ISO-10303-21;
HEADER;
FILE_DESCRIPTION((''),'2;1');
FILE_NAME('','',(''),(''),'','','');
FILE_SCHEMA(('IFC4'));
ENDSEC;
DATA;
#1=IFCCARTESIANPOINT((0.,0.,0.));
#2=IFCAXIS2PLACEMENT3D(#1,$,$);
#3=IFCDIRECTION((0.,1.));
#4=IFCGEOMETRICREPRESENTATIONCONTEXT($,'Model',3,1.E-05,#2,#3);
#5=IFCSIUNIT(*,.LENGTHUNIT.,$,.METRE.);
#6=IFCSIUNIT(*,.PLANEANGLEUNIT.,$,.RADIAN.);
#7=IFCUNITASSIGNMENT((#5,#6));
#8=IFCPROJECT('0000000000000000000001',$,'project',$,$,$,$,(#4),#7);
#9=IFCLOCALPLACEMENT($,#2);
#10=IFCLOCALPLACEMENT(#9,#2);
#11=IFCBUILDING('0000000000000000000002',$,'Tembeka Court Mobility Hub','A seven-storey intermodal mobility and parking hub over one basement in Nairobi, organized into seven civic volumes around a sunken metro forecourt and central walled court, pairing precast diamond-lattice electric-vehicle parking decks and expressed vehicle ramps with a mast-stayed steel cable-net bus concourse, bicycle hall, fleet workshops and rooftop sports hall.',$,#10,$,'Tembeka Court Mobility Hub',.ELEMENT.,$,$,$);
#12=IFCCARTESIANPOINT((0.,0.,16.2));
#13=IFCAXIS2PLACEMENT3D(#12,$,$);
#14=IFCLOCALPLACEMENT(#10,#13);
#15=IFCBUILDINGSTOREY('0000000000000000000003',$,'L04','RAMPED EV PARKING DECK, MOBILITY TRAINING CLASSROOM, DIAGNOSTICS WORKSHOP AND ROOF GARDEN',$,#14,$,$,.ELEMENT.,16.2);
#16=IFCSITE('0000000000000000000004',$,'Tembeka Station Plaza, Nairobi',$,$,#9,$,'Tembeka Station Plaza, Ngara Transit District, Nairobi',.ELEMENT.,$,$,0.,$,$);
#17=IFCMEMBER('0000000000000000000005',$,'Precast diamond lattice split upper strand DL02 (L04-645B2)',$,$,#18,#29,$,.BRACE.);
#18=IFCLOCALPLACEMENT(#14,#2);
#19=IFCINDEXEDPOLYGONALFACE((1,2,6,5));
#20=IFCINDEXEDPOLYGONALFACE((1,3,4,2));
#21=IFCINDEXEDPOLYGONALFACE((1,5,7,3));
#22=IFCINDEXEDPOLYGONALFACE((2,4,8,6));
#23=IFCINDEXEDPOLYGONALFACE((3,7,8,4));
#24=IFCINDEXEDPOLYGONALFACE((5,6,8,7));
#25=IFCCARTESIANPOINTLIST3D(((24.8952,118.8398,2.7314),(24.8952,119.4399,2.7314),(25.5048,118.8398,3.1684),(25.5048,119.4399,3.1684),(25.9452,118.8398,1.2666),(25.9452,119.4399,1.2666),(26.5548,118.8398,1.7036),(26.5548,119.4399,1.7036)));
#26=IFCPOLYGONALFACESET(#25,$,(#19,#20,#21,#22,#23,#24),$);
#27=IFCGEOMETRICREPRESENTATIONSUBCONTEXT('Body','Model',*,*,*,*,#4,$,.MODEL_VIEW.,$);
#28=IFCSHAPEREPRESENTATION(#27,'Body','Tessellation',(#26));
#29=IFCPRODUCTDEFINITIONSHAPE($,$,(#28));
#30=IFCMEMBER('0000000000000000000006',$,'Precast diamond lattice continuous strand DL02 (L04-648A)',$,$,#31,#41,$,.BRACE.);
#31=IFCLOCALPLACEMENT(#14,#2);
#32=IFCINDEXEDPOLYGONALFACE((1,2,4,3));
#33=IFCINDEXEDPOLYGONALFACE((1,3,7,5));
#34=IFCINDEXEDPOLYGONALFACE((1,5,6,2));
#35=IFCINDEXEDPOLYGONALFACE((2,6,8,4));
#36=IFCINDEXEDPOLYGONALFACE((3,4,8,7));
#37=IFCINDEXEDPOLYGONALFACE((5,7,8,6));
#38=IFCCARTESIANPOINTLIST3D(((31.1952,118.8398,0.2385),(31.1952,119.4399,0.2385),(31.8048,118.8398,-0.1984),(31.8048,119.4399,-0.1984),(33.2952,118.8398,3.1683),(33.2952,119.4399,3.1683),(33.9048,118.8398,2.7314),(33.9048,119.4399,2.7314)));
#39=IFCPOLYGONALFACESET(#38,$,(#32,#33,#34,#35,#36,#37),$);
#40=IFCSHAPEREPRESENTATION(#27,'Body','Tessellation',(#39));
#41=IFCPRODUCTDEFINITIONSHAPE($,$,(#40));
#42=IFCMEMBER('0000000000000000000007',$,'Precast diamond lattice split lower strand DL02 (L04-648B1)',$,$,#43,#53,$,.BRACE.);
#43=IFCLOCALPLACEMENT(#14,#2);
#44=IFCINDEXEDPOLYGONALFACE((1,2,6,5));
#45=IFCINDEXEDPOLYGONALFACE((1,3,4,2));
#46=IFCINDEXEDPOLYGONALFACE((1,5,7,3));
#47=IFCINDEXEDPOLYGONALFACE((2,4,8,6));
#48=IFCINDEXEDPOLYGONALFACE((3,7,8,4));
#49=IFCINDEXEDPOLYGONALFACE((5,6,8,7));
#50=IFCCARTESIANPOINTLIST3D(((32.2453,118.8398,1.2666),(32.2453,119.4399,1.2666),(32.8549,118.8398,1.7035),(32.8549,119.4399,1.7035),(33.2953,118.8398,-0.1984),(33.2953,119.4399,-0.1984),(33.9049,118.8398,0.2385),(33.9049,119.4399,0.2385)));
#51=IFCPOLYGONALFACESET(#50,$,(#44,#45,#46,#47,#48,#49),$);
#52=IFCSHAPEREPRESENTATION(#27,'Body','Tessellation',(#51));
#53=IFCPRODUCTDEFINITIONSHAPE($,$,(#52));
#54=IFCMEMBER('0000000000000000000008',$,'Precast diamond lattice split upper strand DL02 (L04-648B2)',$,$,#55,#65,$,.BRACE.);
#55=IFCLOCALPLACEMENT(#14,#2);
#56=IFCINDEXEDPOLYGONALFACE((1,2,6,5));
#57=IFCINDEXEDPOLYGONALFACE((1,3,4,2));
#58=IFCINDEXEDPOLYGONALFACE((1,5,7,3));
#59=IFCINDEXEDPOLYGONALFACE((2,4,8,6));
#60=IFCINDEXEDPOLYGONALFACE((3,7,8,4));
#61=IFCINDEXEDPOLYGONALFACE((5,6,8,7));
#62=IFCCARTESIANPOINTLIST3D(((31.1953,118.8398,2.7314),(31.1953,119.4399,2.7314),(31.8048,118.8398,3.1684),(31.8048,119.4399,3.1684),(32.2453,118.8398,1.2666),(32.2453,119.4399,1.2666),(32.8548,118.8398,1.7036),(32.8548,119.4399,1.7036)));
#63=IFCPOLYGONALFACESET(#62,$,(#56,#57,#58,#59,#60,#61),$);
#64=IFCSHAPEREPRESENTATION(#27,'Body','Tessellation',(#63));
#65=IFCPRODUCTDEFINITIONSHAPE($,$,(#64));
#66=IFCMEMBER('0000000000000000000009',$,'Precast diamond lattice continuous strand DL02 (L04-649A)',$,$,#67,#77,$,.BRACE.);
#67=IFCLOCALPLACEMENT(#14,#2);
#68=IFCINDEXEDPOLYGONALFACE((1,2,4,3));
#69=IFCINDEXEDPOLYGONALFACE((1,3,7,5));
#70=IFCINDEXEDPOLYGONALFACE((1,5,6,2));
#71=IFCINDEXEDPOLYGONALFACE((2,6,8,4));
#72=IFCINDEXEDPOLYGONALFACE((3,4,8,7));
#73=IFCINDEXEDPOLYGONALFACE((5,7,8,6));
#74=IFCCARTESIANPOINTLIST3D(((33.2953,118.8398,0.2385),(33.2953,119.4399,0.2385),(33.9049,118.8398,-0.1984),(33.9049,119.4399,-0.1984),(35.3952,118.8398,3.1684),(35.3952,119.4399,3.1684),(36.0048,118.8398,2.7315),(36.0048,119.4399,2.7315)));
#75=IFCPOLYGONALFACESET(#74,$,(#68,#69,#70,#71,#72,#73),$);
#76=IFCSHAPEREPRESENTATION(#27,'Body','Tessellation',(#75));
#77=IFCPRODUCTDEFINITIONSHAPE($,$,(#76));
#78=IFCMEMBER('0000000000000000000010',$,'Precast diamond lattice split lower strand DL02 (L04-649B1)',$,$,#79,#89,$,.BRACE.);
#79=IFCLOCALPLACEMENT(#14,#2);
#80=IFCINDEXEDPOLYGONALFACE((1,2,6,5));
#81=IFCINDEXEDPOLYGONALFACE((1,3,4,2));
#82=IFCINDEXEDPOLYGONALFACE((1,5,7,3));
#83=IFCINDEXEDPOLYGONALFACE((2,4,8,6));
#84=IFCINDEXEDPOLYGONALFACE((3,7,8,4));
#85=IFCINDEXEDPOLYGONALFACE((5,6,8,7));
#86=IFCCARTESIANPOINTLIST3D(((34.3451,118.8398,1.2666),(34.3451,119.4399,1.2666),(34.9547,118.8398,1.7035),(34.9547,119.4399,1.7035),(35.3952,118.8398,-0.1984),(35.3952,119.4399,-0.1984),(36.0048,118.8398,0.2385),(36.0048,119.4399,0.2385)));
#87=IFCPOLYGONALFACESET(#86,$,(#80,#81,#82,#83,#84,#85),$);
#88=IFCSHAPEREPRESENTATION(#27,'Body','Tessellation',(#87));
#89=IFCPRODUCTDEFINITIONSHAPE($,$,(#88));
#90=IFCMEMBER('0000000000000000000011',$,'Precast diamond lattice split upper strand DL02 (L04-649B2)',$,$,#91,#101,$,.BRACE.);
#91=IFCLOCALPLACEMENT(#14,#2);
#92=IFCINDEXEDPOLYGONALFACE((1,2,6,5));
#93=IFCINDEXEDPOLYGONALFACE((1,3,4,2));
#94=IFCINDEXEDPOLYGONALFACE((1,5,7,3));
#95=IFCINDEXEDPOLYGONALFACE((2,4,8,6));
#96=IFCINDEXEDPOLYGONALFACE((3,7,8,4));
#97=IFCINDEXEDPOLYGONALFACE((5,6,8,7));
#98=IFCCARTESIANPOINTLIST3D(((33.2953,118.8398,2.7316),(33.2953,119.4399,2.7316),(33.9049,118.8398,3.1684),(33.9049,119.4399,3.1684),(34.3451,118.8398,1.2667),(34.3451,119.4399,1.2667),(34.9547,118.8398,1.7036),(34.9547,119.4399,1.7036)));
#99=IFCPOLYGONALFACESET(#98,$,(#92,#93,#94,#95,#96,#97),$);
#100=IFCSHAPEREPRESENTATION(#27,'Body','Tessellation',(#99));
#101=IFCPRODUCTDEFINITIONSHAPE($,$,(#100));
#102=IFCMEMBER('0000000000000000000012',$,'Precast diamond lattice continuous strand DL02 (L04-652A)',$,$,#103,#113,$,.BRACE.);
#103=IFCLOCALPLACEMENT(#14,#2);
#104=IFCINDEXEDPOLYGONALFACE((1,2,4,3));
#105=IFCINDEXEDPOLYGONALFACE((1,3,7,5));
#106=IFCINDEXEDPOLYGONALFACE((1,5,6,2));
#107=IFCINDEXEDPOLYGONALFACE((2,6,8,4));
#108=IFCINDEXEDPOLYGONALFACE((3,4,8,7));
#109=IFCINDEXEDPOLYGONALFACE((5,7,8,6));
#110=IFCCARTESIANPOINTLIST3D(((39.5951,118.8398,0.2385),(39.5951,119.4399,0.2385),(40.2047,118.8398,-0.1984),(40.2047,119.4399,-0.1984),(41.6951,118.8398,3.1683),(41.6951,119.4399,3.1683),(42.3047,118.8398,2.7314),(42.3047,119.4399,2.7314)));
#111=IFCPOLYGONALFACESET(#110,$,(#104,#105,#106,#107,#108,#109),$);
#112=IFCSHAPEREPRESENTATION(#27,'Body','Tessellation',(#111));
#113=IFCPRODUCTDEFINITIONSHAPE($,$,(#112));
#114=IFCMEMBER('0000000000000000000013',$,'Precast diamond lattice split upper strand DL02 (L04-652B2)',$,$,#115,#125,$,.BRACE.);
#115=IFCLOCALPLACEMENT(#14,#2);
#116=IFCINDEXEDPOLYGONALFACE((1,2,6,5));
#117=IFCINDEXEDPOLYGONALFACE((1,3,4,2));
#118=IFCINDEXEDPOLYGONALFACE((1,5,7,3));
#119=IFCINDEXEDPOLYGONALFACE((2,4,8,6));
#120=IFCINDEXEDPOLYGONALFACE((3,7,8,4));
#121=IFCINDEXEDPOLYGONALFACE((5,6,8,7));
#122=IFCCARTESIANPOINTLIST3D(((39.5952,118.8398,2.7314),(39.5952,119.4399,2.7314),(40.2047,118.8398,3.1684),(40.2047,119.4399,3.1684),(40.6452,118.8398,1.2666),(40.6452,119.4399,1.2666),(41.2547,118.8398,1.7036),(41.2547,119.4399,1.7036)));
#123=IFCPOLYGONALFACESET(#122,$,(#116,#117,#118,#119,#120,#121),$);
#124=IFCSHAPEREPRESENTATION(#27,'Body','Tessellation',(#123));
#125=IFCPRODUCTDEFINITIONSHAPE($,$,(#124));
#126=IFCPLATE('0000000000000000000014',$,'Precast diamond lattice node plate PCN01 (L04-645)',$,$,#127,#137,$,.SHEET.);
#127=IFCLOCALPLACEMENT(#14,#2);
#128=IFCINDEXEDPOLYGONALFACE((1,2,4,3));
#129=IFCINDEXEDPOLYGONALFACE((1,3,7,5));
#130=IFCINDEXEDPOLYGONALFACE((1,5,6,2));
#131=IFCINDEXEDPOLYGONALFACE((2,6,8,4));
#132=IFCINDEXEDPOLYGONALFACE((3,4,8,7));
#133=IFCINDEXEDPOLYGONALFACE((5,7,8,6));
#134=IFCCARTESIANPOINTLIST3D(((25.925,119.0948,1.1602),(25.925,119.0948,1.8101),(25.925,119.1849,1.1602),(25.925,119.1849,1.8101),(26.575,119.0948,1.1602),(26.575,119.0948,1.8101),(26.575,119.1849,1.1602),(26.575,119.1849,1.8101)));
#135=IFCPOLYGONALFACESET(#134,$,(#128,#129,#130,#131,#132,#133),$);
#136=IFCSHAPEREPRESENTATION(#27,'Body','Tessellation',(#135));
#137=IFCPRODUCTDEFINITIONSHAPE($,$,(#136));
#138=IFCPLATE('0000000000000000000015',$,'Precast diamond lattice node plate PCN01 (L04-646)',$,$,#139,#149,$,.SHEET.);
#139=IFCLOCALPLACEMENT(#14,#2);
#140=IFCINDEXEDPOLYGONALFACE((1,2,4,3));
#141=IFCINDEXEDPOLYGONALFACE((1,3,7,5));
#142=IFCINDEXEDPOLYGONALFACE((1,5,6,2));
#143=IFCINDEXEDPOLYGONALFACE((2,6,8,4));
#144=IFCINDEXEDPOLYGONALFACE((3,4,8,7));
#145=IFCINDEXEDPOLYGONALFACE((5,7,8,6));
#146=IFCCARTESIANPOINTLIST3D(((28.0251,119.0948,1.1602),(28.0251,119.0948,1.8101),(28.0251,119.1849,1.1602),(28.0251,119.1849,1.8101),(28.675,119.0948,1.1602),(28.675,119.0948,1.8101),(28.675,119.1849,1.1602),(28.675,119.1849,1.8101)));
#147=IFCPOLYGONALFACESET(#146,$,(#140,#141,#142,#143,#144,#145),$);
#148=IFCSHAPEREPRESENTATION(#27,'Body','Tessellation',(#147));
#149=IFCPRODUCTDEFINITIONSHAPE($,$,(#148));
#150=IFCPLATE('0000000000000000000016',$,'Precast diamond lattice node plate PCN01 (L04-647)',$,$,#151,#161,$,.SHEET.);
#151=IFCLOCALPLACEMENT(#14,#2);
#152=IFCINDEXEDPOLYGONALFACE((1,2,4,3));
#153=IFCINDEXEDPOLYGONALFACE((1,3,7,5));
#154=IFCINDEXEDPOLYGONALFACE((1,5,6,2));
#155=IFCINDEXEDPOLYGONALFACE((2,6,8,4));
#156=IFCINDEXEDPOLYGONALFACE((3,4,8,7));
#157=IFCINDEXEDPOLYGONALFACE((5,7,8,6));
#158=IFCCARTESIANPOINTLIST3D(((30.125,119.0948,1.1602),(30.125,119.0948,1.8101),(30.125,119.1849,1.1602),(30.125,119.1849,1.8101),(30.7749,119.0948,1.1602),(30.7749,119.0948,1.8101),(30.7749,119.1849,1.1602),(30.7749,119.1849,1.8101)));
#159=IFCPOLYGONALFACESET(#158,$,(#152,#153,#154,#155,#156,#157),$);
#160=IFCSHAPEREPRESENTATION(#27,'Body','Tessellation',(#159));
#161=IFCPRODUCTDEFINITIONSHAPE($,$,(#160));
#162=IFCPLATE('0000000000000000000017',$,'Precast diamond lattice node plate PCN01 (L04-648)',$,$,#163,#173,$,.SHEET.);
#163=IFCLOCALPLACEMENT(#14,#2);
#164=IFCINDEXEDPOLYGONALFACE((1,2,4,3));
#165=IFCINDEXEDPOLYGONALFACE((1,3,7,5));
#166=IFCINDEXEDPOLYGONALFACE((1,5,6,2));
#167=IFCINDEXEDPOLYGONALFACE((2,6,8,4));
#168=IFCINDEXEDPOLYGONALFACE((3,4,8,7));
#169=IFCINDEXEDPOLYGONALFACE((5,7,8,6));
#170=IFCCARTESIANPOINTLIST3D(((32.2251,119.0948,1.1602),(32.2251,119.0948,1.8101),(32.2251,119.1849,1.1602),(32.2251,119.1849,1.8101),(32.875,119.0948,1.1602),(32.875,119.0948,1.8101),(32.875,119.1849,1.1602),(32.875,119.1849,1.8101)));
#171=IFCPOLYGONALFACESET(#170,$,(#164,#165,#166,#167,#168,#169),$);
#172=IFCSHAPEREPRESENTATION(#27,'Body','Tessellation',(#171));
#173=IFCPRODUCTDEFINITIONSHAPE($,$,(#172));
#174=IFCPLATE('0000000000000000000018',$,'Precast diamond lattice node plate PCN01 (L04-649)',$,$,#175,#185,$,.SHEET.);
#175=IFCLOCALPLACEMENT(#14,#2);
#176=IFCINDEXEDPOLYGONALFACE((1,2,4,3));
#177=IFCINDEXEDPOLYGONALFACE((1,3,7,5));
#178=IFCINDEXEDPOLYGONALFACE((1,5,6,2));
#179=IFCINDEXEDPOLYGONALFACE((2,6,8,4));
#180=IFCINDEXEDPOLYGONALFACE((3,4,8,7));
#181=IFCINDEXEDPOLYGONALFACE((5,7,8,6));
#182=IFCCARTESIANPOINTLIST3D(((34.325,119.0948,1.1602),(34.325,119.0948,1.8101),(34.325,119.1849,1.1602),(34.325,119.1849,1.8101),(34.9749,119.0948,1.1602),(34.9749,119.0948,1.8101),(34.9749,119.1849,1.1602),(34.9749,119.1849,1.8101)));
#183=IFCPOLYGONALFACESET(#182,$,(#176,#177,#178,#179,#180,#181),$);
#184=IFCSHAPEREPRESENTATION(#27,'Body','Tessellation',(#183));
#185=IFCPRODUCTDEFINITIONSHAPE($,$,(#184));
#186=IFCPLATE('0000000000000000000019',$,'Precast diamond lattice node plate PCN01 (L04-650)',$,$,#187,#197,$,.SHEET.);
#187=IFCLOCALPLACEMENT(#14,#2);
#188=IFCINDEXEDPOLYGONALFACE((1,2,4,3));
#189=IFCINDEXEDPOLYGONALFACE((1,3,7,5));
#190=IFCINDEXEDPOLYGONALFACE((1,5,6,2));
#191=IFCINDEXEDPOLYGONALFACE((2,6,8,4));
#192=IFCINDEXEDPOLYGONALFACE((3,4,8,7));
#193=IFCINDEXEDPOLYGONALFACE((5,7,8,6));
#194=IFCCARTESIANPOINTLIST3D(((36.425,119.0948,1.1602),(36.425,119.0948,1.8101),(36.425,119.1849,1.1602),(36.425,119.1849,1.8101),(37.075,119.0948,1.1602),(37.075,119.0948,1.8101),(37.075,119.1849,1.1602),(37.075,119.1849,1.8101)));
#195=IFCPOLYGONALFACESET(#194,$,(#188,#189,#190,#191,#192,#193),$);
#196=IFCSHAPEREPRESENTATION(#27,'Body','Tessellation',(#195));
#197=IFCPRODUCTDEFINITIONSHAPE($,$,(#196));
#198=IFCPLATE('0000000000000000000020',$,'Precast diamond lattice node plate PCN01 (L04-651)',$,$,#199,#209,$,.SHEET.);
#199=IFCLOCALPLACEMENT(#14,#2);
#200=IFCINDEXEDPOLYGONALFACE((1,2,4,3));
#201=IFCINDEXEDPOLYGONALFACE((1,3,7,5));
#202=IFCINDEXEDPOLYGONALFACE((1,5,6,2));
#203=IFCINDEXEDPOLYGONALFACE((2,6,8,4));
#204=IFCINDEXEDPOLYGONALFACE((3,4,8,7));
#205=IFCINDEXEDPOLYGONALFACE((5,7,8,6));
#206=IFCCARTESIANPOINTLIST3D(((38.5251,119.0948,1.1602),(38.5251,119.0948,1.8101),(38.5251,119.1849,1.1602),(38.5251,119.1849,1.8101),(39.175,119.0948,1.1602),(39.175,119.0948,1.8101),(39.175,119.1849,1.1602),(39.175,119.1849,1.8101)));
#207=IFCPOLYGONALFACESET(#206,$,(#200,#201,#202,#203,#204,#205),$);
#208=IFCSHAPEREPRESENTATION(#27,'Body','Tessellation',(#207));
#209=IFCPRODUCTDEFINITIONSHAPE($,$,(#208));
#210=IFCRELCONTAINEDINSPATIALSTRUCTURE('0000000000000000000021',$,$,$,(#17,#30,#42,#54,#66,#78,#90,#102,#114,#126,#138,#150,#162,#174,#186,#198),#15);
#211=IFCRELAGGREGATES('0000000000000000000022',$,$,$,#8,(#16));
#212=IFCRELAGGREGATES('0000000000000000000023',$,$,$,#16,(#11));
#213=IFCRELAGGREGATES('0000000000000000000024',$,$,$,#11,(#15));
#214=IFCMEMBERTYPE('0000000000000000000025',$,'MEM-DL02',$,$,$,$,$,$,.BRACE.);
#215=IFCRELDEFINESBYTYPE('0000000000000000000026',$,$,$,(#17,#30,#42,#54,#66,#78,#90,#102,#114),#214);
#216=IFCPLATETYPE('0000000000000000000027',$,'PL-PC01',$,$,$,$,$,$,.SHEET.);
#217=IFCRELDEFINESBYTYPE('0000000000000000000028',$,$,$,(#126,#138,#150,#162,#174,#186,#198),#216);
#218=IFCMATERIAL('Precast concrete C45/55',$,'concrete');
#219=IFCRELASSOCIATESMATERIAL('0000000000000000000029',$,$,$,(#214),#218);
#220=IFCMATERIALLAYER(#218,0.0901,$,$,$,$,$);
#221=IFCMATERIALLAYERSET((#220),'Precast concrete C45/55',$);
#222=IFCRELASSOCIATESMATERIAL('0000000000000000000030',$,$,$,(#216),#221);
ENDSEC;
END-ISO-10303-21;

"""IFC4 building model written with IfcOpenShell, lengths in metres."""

from ifc_helpers import new_model, si_unit, direction, frame, origin, origin_2d, place, context, subcontext, project, spatial, rectangle, extrude, material, layer, layer_set, material_profile, profile_set, type_object, element, save


model = new_model("IFC4")

# Units and contexts
model_context = context("Model", 3, precision=1e-05, world=origin(), true_north=direction((0.0, 1.0)))
body_context = subcontext(model_context, "Body", "Model", "MODEL_VIEW")
ifc_project = project(units=[si_unit("LENGTHUNIT", "METRE"), si_unit("PLANEANGLEUNIT", "RADIAN")], contexts=[model_context])

# Site, building, storey
site_placement = place(None, origin())
site = spatial("IfcSite", under=ifc_project, at=site_placement, Name="Tembeka Station Plaza, Nairobi", LongName="Tembeka Station Plaza, Ngara Transit District, Nairobi", CompositionType="ELEMENT", RefElevation=0.0)
building_placement = place(site_placement, origin())
building = spatial("IfcBuilding", under=site, at=building_placement, Name="Tembeka Court Mobility Hub", Description="A seven-storey intermodal mobility and parking hub over one basement in Nairobi, organized into seven civic volumes around a sunken metro forecourt and central walled court, pairing precast diamond-lattice electric-vehicle parking decks and expressed vehicle ramps with a mast-stayed steel cable-net bus concourse, bicycle hall, fleet workshops and rooftop sports hall.", LongName="Tembeka Court Mobility Hub", CompositionType="ELEMENT")
storey_placement = place(building_placement, frame((0.0, 0.0, 16.2)))
storey = spatial("IfcBuildingStorey", under=building, at=storey_placement, Name="L04", Description="RAMPED EV PARKING DECK, MOBILITY TRAINING CLASSROOM, DIAGNOSTICS WORKSHOP AND ROOF GARDEN", CompositionType="ELEMENT", Elevation=16.2)

# Members
ifc_material = material(Name="Precast concrete C45/55", Category="concrete")
ifc_material_profile_1 = material_profile(ifc_material, rectangle(XDim=0.6001, YDim=0.75, at=origin_2d()), Name="PC-DIAG 600x750")
ifc_profile_set_1 = profile_set([ifc_material_profile_1], Name="Precast concrete C45/55")
member_type_1 = type_object("IfcMemberType", Name="MEM-DL02", PredefinedType="BRACE", material=ifc_profile_set_1)
member_1_placement = place(storey_placement, frame((26.25, 119.1399, 1.4851), z_axis=(-0.582608, 0.0, 0.812753), x_axis=(0.0, -1.0, 0.0)))
element("IfcMember", 1, at=member_1_placement, inside=storey, type_object=member_type_1, Name="Precast diamond lattice split upper strand DL02 (L04-645B2)", PredefinedType="BRACE", context=body_context, shape_type="SweptSolid", body=[
    extrude(rectangle(XDim=0.6001, YDim=0.75, at=origin_2d()), origin(), (0.0, 0.0, 1.0), 1.8022),
])
member_2_placement = place(storey_placement, frame((31.5, 119.1399, 0.02), z_axis=(0.582576, 0.0, 0.812776), x_axis=(0.0, 1.0, 0.0)))
element("IfcMember", 2, at=member_2_placement, inside=storey, type_object=member_type_1, Name="Precast diamond lattice continuous strand DL02 (L04-648A)", PredefinedType="BRACE", context=body_context, shape_type="SweptSolid", body=[
    extrude(rectangle(XDim=0.6001, YDim=0.75, at=origin_2d()), origin(), (0.0, 0.0, 1.0), 3.6047),
])
member_3_placement = place(storey_placement, frame((33.6001, 119.1399, 0.02), z_axis=(-0.582544, 0.0, 0.812799), x_axis=(0.0, -1.0, 0.0)))
element("IfcMember", 3, at=member_3_placement, inside=storey, type_object=member_type_1, Name="Precast diamond lattice split lower strand DL02 (L04-648B1)", PredefinedType="BRACE", context=body_context, shape_type="SweptSolid", body=[
    extrude(rectangle(XDim=0.6001, YDim=0.75, at=origin_2d()), origin(), (0.0, 0.0, 1.0), 1.8025),
])
member_4_placement = place(storey_placement, frame((32.55, 119.1399, 1.4851), z_axis=(-0.582608, 0.0, 0.812753), x_axis=(0.0, -1.0, 0.0)))
element("IfcMember", 4, at=member_4_placement, inside=storey, type_object=member_type_1, Name="Precast diamond lattice split upper strand DL02 (L04-648B2)", PredefinedType="BRACE", context=body_context, shape_type="SweptSolid", body=[
    extrude(rectangle(XDim=0.6001, YDim=0.75, at=origin_2d()), origin(), (0.0, 0.0, 1.0), 1.8022),
])
member_5_placement = place(storey_placement, frame((33.6001, 119.1399, 0.02), z_axis=(0.582532, 0.0, 0.812808), x_axis=(0.0, 1.0, 0.0)))
element("IfcMember", 5, at=member_5_placement, inside=storey, type_object=member_type_1, Name="Precast diamond lattice continuous strand DL02 (L04-649A)", PredefinedType="BRACE", context=body_context, shape_type="SweptSolid", body=[
    extrude(rectangle(XDim=0.6001, YDim=0.75, at=origin_2d()), origin(), (0.0, 0.0, 1.0), 3.6047),
])
member_6_placement = place(storey_placement, frame((35.7, 119.1399, 0.02), z_axis=(-0.582544, 0.0, 0.812799), x_axis=(0.0, -1.0, 0.0)))
element("IfcMember", 6, at=member_6_placement, inside=storey, type_object=member_type_1, Name="Precast diamond lattice split lower strand DL02 (L04-649B1)", PredefinedType="BRACE", context=body_context, shape_type="SweptSolid", body=[
    extrude(rectangle(XDim=0.6001, YDim=0.75, at=origin_2d()), origin(), (0.0, 0.0, 1.0), 1.8025),
])
member_7_placement = place(storey_placement, frame((34.6499, 119.1399, 1.4851), z_axis=(-0.582519, 0.0, 0.812817), x_axis=(0.0, -1.0, 0.0)))
element("IfcMember", 7, at=member_7_placement, inside=storey, type_object=member_type_1, Name="Precast diamond lattice split upper strand DL02 (L04-649B2)", PredefinedType="BRACE", context=body_context, shape_type="SweptSolid", body=[
    extrude(rectangle(XDim=0.6001, YDim=0.75, at=origin_2d()), origin(), (0.0, 0.0, 1.0), 1.8022),
])
member_8_placement = place(storey_placement, frame((39.8999, 119.1399, 0.02), z_axis=(0.582576, 0.0, 0.812776), x_axis=(0.0, 1.0, 0.0)))
element("IfcMember", 8, at=member_8_placement, inside=storey, type_object=member_type_1, Name="Precast diamond lattice continuous strand DL02 (L04-652A)", PredefinedType="BRACE", context=body_context, shape_type="SweptSolid", body=[
    extrude(rectangle(XDim=0.6001, YDim=0.75, at=origin_2d()), origin(), (0.0, 0.0, 1.0), 3.6047),
])
member_9_placement = place(storey_placement, frame((40.95, 119.1399, 1.4851), z_axis=(-0.582608, 0.0, 0.812753), x_axis=(0.0, -1.0, 0.0)))
element("IfcMember", 9, at=member_9_placement, inside=storey, type_object=member_type_1, Name="Precast diamond lattice split upper strand DL02 (L04-652B2)", PredefinedType="BRACE", context=body_context, shape_type="SweptSolid", body=[
    extrude(rectangle(XDim=0.6001, YDim=0.75, at=origin_2d()), origin(), (0.0, 0.0, 1.0), 1.8022),
])

# Plates
ifc_layer = layer(ifc_material, 0.0901)
ifc_layer_set = layer_set([ifc_layer], Name="Precast concrete C45/55")
plate_type = type_object("IfcPlateType", Name="PL-PC01", PredefinedType="SHEET", material=ifc_layer_set)
for number, where, z_axis, x_axis, name in (
    (10, (26.25, 119.1399, 1.1602), (0.0, 0.0, 1.0), (1.0, 0.0, 0.0), "Precast diamond lattice node plate PCN01 (L04-645)"),
    (11, (28.3501, 119.1399, 1.1602), (0.0, 0.0, 1.0), (1.0, 0.0, 0.0), "Precast diamond lattice node plate PCN01 (L04-646)"),
    (12, (30.45, 119.1399, 1.1602), (0.0, 0.0, 1.0), (1.0, 0.0, 0.0), "Precast diamond lattice node plate PCN01 (L04-647)"),
    (13, (32.55, 119.1399, 1.1602), (0.0, 0.0, 1.0), (1.0, 0.0, 0.0), "Precast diamond lattice node plate PCN01 (L04-648)"),
    (14, (34.6499, 119.1399, 1.1602), (0.0, 0.0, 1.0), (1.0, 0.0, 0.0), "Precast diamond lattice node plate PCN01 (L04-649)"),
    (15, (36.75, 119.1399, 1.1602), (0.0, 0.0, 1.0), (1.0, 0.0, 0.0), "Precast diamond lattice node plate PCN01 (L04-650)"),
    (16, (38.8501, 119.1399, 1.1602), (0.0, 0.0, 1.0), (1.0, 0.0, 0.0), "Precast diamond lattice node plate PCN01 (L04-651)"),
):
    element("IfcPlate", number, at=place(storey_placement, frame(where, z_axis=z_axis, x_axis=x_axis)), inside=storey, type_object=plate_type, Name=name, PredefinedType="SHEET", context=body_context, shape_type="SweptSolid", body=[
        extrude(rectangle(XDim=0.6499, YDim=0.0901, at=origin_2d()), origin(), (0.0, 0.0, 1.0), 0.6499),
    ])

save(model, "model.ifc")
